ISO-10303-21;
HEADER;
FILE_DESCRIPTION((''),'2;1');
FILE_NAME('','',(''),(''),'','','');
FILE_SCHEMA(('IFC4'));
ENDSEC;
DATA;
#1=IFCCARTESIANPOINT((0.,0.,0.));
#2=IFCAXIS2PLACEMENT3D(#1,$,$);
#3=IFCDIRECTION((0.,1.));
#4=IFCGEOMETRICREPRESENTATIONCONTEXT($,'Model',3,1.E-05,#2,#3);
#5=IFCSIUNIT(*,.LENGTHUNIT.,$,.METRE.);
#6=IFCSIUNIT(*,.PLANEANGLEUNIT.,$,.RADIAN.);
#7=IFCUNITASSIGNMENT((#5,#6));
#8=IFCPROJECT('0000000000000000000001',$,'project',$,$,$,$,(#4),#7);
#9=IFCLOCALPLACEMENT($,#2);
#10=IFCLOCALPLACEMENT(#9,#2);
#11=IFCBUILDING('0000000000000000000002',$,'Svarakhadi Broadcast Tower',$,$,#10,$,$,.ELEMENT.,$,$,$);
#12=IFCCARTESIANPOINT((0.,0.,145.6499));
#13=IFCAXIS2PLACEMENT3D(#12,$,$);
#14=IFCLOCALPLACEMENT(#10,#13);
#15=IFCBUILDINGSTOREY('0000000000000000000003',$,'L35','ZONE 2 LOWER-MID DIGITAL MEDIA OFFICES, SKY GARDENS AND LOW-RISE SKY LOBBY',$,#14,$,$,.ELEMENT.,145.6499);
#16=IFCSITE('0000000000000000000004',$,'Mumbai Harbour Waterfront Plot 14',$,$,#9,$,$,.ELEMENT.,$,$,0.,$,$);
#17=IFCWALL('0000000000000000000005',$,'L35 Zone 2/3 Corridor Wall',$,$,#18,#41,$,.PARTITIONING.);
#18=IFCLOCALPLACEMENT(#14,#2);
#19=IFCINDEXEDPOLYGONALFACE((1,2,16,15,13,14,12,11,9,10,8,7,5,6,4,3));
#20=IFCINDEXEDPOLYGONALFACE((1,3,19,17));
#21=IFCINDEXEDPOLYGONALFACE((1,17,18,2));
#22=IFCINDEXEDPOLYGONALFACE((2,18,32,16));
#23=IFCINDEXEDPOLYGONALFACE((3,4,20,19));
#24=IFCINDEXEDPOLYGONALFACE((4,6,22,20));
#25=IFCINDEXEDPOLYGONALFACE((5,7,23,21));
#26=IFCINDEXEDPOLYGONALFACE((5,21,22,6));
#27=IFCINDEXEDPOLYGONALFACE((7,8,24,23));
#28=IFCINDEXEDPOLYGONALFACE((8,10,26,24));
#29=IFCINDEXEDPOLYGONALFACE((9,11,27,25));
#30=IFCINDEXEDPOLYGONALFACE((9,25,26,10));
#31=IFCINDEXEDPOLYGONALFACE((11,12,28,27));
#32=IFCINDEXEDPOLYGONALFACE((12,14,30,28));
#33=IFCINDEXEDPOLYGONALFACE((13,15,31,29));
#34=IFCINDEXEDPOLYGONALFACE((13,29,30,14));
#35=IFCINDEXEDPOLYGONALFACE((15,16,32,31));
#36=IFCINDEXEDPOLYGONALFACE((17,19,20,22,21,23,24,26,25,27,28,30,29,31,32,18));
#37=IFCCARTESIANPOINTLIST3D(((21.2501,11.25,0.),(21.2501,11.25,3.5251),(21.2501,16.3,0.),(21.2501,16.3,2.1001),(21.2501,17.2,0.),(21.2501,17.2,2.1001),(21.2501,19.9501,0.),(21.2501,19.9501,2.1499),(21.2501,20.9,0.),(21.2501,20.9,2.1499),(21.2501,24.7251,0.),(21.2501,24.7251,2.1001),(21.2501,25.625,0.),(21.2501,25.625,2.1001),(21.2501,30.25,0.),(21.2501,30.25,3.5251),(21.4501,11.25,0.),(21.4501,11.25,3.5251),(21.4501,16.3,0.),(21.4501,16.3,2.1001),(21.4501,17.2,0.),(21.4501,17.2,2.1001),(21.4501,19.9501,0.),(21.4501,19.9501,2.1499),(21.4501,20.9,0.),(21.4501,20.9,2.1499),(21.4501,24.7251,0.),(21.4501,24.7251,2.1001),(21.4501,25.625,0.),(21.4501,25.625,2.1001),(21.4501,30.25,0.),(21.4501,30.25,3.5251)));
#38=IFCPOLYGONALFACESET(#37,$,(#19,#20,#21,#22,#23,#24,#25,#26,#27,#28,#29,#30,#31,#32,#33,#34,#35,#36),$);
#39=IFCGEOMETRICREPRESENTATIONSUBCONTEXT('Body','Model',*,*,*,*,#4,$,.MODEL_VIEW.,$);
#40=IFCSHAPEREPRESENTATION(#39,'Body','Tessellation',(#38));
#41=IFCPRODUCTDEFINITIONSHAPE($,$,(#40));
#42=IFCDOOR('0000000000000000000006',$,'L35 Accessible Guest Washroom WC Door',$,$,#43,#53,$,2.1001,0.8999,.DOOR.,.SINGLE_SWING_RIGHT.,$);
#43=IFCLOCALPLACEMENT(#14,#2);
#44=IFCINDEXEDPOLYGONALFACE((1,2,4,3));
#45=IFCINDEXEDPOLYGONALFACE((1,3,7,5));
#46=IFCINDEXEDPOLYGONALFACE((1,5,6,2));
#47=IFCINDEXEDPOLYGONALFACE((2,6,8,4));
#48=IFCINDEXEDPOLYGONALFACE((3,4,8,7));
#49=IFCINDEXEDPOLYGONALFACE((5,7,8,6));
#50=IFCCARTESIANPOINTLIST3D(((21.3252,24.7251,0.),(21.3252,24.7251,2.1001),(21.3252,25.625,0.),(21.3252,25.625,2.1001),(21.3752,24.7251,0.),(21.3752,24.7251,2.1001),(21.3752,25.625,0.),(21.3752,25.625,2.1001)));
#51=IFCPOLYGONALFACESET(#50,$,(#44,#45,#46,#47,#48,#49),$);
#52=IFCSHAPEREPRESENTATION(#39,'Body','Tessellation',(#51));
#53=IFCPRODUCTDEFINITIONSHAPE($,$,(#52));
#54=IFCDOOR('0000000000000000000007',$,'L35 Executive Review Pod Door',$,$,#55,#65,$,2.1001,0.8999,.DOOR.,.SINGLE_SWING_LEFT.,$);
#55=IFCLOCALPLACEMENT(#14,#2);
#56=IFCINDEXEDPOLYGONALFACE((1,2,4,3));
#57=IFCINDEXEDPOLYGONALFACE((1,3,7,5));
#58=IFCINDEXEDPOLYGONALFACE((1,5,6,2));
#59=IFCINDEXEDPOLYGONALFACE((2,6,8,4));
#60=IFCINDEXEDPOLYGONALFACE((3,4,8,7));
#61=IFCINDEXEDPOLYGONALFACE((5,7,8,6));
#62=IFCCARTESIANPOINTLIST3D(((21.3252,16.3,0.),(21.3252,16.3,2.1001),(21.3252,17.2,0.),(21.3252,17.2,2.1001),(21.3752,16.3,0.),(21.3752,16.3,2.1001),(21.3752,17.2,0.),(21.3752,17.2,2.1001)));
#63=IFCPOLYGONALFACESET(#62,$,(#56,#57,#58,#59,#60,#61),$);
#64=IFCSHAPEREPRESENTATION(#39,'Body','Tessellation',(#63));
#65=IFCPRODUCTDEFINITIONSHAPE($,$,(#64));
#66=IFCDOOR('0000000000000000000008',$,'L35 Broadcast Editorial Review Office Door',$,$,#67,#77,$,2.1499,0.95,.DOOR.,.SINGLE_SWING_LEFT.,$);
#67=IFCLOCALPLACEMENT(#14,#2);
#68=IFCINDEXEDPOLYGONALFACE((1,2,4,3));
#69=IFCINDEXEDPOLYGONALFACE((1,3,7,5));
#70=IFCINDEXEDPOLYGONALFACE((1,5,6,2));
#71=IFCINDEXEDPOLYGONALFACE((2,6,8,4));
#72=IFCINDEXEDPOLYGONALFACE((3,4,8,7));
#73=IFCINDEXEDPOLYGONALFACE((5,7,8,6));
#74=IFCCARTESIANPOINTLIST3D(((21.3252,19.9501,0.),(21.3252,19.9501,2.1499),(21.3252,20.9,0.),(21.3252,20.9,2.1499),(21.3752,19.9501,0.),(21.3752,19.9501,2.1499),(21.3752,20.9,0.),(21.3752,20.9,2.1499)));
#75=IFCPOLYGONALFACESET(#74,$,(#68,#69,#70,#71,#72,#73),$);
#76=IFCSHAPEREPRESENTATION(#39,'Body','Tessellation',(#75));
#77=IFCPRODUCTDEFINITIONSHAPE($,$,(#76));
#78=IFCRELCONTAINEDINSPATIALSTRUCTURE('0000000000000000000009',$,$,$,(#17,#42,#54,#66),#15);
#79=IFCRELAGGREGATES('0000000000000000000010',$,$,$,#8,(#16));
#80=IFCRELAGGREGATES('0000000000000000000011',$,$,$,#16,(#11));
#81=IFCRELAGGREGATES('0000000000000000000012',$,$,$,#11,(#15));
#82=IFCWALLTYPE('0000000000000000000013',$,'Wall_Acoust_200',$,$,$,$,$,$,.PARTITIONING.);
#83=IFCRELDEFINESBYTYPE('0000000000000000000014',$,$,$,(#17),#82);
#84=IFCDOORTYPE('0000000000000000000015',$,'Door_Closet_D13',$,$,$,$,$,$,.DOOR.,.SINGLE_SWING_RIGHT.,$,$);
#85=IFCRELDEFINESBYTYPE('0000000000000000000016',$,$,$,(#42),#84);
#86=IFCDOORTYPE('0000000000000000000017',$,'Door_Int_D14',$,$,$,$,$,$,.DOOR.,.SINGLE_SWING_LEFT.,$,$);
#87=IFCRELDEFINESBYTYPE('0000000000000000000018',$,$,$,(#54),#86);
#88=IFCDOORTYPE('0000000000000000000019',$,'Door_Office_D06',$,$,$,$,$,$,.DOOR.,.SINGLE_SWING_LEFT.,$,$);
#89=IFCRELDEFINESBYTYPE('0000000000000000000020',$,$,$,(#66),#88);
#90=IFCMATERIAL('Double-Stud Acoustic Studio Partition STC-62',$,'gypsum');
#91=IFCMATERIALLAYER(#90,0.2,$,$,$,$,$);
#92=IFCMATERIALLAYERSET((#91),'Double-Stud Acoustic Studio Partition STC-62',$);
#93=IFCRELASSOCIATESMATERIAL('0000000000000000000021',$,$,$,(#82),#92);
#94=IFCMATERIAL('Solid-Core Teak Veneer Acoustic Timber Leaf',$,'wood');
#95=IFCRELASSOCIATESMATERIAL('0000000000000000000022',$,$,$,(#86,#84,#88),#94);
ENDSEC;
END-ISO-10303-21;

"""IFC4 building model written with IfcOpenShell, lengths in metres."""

from ifc_helpers import new_model, si_unit, direction, frame, frame_2d, origin, place, context, subcontext, project, spatial, rectangle, extrude, material, layer, layer_set, type_object, element, fill, save


model = new_model("IFC4")

# Units and contexts
model_context = context("Model", 3, precision=1e-05, world=origin(), true_north=direction((0.0, 1.0)))
body_context = subcontext(model_context, "Body", "Model", "MODEL_VIEW")
ifc_project = project(units=[si_unit("LENGTHUNIT", "METRE"), si_unit("PLANEANGLEUNIT", "RADIAN")], contexts=[model_context])

# Site, building, storey
site_placement = place(None, origin())
site = spatial("IfcSite", under=ifc_project, at=site_placement, Name="Mumbai Harbour Waterfront Plot 14", CompositionType="ELEMENT", RefElevation=0.0)
building_placement = place(site_placement, origin())
building = spatial("IfcBuilding", under=site, at=building_placement, Name="Svarakhadi Broadcast Tower", CompositionType="ELEMENT")
storey_placement = place(building_placement, frame((0.0, 0.0, 145.6499)))
storey = spatial("IfcBuildingStorey", under=building, at=storey_placement, Name="L35", Description="ZONE 2 LOWER-MID DIGITAL MEDIA OFFICES, SKY GARDENS AND LOW-RISE SKY LOBBY", CompositionType="ELEMENT", Elevation=145.6499)

# Shared definitions
ifc_material_1 = material(Name="Double-Stud Acoustic Studio Partition STC-62", Category="gypsum")
ifc_layer_1 = layer(ifc_material_1, 0.2)
ifc_layer_set_1 = layer_set([ifc_layer_1], Name="Double-Stud Acoustic Studio Partition STC-62")
wall_type = type_object("IfcWallType", Name="Wall_Acoust_200", PredefinedType="PARTITIONING", material=ifc_layer_set_1)

# Wall, openings, doors
ifc_material_2 = material(Name="Solid-Core Teak Veneer Acoustic Timber Leaf", Category="wood")
door_type_1 = type_object("IfcDoorType", Name="Door_Int_D14", OperationType="SINGLE_SWING_LEFT", PredefinedType="DOOR", material=ifc_material_2)
wall_1_placement = place(storey_placement, frame((21.3501, 11.25, 0.0), z_axis=(0.0, 0.0, 1.0), x_axis=(0.0, 1.0, 0.0)))
wall_1 = element("IfcWall", 1, at=wall_1_placement, inside=storey, type_object=wall_type, Name="L35 Zone 2/3 Corridor Wall", PredefinedType="PARTITIONING", context=body_context, shape_type="SweptSolid", body=[
    extrude(rectangle(XDim=19.0, YDim=0.2, at=frame_2d((9.5, 0.0))), origin(), (0.0, 0.0, 1.0), 3.5251),
])
opening_1_placement = place(wall_1_placement, frame((8.7, 0.0, 0.0)))
opening_1 = element("IfcOpeningElement", 2, at=opening_1_placement, cuts=wall_1, PredefinedType="OPENING", context=body_context, shape_type="SweptSolid", body=[
    extrude(rectangle(XDim=0.95, YDim=2.1499, at=frame_2d((0.4751, 1.075))), frame((0.0, 0.1099, 0.0), z_axis=(0.0, -1.0, 0.0), x_axis=(1.0, 0.0, 0.0)), (0.0, 0.0, 1.0), 0.22),
])
opening_2_placement = place(wall_1_placement, frame((13.4751, 0.0, 0.0)))
opening_2 = element("IfcOpeningElement", 3, at=opening_2_placement, cuts=wall_1, PredefinedType="OPENING", context=body_context, shape_type="SweptSolid", body=[
    extrude(rectangle(XDim=0.8999, YDim=2.1001, at=frame_2d((0.45, 1.05))), frame((0.0, 0.1099, 0.0), z_axis=(0.0, -1.0, 0.0), x_axis=(1.0, 0.0, 0.0)), (0.0, 0.0, 1.0), 0.22),
])
opening_3_placement = place(wall_1_placement, frame((5.05, 0.0, 0.0)))
opening_3 = element("IfcOpeningElement", 4, at=opening_3_placement, cuts=wall_1, PredefinedType="OPENING", context=body_context, shape_type="SweptSolid", body=[
    extrude(rectangle(XDim=0.8999, YDim=2.1001, at=frame_2d((0.45, 1.05))), frame((0.0, 0.1099, 0.0), z_axis=(0.0, -1.0, 0.0), x_axis=(1.0, 0.0, 0.0)), (0.0, 0.0, 1.0), 0.22),
])
door_type_2 = type_object("IfcDoorType", Name="Door_Closet_D13", OperationType="SINGLE_SWING_RIGHT", PredefinedType="DOOR", material=ifc_material_2)
door_1_placement = place(opening_2_placement, origin())
door_1 = element("IfcDoor", 5, at=door_1_placement, inside=storey, type_object=door_type_2, Name="L35 Accessible Guest Washroom WC Door", OperationType="SINGLE_SWING_RIGHT", OverallHeight=2.1001, OverallWidth=0.8999, PredefinedType="DOOR", context=body_context, shape_type="SweptSolid", body=[
    extrude(rectangle(XDim=0.8999, YDim=2.1001, at=frame_2d((0.45, 1.05))), frame((0.0, 0.0249, 0.0), z_axis=(0.0, -1.0, 0.0), x_axis=(1.0, 0.0, 0.0)), (0.0, 0.0, 1.0), 0.05),
])
fill(opening_2, door_1)
door_2_placement = place(opening_3_placement, origin())
door_2 = element("IfcDoor", 6, at=door_2_placement, inside=storey, type_object=door_type_1, Name="L35 Executive Review Pod Door", OperationType="SINGLE_SWING_LEFT", OverallHeight=2.1001, OverallWidth=0.8999, PredefinedType="DOOR", context=body_context, shape_type="SweptSolid", body=[
    extrude(rectangle(XDim=0.8999, YDim=2.1001, at=frame_2d((0.45, 1.05))), frame((0.0, 0.0249, 0.0), z_axis=(0.0, -1.0, 0.0), x_axis=(1.0, 0.0, 0.0)), (0.0, 0.0, 1.0), 0.05),
])
fill(opening_3, door_2)
door_type_3 = type_object("IfcDoorType", Name="Door_Office_D06", OperationType="SINGLE_SWING_LEFT", PredefinedType="DOOR", material=ifc_material_2)
door_3_placement = place(opening_1_placement, origin())
door_3 = element("IfcDoor", 7, at=door_3_placement, inside=storey, type_object=door_type_3, Name="L35 Broadcast Editorial Review Office Door", OperationType="SINGLE_SWING_LEFT", OverallHeight=2.1499, OverallWidth=0.95, PredefinedType="DOOR", context=body_context, shape_type="SweptSolid", body=[
    extrude(rectangle(XDim=0.95, YDim=2.1499, at=frame_2d((0.4751, 1.075))), frame((0.0, 0.0249, 0.0), z_axis=(0.0, -1.0, 0.0), x_axis=(1.0, 0.0, 0.0)), (0.0, 0.0, 1.0), 0.05),
])
fill(opening_1, door_3)

save(model, "model.ifc")
